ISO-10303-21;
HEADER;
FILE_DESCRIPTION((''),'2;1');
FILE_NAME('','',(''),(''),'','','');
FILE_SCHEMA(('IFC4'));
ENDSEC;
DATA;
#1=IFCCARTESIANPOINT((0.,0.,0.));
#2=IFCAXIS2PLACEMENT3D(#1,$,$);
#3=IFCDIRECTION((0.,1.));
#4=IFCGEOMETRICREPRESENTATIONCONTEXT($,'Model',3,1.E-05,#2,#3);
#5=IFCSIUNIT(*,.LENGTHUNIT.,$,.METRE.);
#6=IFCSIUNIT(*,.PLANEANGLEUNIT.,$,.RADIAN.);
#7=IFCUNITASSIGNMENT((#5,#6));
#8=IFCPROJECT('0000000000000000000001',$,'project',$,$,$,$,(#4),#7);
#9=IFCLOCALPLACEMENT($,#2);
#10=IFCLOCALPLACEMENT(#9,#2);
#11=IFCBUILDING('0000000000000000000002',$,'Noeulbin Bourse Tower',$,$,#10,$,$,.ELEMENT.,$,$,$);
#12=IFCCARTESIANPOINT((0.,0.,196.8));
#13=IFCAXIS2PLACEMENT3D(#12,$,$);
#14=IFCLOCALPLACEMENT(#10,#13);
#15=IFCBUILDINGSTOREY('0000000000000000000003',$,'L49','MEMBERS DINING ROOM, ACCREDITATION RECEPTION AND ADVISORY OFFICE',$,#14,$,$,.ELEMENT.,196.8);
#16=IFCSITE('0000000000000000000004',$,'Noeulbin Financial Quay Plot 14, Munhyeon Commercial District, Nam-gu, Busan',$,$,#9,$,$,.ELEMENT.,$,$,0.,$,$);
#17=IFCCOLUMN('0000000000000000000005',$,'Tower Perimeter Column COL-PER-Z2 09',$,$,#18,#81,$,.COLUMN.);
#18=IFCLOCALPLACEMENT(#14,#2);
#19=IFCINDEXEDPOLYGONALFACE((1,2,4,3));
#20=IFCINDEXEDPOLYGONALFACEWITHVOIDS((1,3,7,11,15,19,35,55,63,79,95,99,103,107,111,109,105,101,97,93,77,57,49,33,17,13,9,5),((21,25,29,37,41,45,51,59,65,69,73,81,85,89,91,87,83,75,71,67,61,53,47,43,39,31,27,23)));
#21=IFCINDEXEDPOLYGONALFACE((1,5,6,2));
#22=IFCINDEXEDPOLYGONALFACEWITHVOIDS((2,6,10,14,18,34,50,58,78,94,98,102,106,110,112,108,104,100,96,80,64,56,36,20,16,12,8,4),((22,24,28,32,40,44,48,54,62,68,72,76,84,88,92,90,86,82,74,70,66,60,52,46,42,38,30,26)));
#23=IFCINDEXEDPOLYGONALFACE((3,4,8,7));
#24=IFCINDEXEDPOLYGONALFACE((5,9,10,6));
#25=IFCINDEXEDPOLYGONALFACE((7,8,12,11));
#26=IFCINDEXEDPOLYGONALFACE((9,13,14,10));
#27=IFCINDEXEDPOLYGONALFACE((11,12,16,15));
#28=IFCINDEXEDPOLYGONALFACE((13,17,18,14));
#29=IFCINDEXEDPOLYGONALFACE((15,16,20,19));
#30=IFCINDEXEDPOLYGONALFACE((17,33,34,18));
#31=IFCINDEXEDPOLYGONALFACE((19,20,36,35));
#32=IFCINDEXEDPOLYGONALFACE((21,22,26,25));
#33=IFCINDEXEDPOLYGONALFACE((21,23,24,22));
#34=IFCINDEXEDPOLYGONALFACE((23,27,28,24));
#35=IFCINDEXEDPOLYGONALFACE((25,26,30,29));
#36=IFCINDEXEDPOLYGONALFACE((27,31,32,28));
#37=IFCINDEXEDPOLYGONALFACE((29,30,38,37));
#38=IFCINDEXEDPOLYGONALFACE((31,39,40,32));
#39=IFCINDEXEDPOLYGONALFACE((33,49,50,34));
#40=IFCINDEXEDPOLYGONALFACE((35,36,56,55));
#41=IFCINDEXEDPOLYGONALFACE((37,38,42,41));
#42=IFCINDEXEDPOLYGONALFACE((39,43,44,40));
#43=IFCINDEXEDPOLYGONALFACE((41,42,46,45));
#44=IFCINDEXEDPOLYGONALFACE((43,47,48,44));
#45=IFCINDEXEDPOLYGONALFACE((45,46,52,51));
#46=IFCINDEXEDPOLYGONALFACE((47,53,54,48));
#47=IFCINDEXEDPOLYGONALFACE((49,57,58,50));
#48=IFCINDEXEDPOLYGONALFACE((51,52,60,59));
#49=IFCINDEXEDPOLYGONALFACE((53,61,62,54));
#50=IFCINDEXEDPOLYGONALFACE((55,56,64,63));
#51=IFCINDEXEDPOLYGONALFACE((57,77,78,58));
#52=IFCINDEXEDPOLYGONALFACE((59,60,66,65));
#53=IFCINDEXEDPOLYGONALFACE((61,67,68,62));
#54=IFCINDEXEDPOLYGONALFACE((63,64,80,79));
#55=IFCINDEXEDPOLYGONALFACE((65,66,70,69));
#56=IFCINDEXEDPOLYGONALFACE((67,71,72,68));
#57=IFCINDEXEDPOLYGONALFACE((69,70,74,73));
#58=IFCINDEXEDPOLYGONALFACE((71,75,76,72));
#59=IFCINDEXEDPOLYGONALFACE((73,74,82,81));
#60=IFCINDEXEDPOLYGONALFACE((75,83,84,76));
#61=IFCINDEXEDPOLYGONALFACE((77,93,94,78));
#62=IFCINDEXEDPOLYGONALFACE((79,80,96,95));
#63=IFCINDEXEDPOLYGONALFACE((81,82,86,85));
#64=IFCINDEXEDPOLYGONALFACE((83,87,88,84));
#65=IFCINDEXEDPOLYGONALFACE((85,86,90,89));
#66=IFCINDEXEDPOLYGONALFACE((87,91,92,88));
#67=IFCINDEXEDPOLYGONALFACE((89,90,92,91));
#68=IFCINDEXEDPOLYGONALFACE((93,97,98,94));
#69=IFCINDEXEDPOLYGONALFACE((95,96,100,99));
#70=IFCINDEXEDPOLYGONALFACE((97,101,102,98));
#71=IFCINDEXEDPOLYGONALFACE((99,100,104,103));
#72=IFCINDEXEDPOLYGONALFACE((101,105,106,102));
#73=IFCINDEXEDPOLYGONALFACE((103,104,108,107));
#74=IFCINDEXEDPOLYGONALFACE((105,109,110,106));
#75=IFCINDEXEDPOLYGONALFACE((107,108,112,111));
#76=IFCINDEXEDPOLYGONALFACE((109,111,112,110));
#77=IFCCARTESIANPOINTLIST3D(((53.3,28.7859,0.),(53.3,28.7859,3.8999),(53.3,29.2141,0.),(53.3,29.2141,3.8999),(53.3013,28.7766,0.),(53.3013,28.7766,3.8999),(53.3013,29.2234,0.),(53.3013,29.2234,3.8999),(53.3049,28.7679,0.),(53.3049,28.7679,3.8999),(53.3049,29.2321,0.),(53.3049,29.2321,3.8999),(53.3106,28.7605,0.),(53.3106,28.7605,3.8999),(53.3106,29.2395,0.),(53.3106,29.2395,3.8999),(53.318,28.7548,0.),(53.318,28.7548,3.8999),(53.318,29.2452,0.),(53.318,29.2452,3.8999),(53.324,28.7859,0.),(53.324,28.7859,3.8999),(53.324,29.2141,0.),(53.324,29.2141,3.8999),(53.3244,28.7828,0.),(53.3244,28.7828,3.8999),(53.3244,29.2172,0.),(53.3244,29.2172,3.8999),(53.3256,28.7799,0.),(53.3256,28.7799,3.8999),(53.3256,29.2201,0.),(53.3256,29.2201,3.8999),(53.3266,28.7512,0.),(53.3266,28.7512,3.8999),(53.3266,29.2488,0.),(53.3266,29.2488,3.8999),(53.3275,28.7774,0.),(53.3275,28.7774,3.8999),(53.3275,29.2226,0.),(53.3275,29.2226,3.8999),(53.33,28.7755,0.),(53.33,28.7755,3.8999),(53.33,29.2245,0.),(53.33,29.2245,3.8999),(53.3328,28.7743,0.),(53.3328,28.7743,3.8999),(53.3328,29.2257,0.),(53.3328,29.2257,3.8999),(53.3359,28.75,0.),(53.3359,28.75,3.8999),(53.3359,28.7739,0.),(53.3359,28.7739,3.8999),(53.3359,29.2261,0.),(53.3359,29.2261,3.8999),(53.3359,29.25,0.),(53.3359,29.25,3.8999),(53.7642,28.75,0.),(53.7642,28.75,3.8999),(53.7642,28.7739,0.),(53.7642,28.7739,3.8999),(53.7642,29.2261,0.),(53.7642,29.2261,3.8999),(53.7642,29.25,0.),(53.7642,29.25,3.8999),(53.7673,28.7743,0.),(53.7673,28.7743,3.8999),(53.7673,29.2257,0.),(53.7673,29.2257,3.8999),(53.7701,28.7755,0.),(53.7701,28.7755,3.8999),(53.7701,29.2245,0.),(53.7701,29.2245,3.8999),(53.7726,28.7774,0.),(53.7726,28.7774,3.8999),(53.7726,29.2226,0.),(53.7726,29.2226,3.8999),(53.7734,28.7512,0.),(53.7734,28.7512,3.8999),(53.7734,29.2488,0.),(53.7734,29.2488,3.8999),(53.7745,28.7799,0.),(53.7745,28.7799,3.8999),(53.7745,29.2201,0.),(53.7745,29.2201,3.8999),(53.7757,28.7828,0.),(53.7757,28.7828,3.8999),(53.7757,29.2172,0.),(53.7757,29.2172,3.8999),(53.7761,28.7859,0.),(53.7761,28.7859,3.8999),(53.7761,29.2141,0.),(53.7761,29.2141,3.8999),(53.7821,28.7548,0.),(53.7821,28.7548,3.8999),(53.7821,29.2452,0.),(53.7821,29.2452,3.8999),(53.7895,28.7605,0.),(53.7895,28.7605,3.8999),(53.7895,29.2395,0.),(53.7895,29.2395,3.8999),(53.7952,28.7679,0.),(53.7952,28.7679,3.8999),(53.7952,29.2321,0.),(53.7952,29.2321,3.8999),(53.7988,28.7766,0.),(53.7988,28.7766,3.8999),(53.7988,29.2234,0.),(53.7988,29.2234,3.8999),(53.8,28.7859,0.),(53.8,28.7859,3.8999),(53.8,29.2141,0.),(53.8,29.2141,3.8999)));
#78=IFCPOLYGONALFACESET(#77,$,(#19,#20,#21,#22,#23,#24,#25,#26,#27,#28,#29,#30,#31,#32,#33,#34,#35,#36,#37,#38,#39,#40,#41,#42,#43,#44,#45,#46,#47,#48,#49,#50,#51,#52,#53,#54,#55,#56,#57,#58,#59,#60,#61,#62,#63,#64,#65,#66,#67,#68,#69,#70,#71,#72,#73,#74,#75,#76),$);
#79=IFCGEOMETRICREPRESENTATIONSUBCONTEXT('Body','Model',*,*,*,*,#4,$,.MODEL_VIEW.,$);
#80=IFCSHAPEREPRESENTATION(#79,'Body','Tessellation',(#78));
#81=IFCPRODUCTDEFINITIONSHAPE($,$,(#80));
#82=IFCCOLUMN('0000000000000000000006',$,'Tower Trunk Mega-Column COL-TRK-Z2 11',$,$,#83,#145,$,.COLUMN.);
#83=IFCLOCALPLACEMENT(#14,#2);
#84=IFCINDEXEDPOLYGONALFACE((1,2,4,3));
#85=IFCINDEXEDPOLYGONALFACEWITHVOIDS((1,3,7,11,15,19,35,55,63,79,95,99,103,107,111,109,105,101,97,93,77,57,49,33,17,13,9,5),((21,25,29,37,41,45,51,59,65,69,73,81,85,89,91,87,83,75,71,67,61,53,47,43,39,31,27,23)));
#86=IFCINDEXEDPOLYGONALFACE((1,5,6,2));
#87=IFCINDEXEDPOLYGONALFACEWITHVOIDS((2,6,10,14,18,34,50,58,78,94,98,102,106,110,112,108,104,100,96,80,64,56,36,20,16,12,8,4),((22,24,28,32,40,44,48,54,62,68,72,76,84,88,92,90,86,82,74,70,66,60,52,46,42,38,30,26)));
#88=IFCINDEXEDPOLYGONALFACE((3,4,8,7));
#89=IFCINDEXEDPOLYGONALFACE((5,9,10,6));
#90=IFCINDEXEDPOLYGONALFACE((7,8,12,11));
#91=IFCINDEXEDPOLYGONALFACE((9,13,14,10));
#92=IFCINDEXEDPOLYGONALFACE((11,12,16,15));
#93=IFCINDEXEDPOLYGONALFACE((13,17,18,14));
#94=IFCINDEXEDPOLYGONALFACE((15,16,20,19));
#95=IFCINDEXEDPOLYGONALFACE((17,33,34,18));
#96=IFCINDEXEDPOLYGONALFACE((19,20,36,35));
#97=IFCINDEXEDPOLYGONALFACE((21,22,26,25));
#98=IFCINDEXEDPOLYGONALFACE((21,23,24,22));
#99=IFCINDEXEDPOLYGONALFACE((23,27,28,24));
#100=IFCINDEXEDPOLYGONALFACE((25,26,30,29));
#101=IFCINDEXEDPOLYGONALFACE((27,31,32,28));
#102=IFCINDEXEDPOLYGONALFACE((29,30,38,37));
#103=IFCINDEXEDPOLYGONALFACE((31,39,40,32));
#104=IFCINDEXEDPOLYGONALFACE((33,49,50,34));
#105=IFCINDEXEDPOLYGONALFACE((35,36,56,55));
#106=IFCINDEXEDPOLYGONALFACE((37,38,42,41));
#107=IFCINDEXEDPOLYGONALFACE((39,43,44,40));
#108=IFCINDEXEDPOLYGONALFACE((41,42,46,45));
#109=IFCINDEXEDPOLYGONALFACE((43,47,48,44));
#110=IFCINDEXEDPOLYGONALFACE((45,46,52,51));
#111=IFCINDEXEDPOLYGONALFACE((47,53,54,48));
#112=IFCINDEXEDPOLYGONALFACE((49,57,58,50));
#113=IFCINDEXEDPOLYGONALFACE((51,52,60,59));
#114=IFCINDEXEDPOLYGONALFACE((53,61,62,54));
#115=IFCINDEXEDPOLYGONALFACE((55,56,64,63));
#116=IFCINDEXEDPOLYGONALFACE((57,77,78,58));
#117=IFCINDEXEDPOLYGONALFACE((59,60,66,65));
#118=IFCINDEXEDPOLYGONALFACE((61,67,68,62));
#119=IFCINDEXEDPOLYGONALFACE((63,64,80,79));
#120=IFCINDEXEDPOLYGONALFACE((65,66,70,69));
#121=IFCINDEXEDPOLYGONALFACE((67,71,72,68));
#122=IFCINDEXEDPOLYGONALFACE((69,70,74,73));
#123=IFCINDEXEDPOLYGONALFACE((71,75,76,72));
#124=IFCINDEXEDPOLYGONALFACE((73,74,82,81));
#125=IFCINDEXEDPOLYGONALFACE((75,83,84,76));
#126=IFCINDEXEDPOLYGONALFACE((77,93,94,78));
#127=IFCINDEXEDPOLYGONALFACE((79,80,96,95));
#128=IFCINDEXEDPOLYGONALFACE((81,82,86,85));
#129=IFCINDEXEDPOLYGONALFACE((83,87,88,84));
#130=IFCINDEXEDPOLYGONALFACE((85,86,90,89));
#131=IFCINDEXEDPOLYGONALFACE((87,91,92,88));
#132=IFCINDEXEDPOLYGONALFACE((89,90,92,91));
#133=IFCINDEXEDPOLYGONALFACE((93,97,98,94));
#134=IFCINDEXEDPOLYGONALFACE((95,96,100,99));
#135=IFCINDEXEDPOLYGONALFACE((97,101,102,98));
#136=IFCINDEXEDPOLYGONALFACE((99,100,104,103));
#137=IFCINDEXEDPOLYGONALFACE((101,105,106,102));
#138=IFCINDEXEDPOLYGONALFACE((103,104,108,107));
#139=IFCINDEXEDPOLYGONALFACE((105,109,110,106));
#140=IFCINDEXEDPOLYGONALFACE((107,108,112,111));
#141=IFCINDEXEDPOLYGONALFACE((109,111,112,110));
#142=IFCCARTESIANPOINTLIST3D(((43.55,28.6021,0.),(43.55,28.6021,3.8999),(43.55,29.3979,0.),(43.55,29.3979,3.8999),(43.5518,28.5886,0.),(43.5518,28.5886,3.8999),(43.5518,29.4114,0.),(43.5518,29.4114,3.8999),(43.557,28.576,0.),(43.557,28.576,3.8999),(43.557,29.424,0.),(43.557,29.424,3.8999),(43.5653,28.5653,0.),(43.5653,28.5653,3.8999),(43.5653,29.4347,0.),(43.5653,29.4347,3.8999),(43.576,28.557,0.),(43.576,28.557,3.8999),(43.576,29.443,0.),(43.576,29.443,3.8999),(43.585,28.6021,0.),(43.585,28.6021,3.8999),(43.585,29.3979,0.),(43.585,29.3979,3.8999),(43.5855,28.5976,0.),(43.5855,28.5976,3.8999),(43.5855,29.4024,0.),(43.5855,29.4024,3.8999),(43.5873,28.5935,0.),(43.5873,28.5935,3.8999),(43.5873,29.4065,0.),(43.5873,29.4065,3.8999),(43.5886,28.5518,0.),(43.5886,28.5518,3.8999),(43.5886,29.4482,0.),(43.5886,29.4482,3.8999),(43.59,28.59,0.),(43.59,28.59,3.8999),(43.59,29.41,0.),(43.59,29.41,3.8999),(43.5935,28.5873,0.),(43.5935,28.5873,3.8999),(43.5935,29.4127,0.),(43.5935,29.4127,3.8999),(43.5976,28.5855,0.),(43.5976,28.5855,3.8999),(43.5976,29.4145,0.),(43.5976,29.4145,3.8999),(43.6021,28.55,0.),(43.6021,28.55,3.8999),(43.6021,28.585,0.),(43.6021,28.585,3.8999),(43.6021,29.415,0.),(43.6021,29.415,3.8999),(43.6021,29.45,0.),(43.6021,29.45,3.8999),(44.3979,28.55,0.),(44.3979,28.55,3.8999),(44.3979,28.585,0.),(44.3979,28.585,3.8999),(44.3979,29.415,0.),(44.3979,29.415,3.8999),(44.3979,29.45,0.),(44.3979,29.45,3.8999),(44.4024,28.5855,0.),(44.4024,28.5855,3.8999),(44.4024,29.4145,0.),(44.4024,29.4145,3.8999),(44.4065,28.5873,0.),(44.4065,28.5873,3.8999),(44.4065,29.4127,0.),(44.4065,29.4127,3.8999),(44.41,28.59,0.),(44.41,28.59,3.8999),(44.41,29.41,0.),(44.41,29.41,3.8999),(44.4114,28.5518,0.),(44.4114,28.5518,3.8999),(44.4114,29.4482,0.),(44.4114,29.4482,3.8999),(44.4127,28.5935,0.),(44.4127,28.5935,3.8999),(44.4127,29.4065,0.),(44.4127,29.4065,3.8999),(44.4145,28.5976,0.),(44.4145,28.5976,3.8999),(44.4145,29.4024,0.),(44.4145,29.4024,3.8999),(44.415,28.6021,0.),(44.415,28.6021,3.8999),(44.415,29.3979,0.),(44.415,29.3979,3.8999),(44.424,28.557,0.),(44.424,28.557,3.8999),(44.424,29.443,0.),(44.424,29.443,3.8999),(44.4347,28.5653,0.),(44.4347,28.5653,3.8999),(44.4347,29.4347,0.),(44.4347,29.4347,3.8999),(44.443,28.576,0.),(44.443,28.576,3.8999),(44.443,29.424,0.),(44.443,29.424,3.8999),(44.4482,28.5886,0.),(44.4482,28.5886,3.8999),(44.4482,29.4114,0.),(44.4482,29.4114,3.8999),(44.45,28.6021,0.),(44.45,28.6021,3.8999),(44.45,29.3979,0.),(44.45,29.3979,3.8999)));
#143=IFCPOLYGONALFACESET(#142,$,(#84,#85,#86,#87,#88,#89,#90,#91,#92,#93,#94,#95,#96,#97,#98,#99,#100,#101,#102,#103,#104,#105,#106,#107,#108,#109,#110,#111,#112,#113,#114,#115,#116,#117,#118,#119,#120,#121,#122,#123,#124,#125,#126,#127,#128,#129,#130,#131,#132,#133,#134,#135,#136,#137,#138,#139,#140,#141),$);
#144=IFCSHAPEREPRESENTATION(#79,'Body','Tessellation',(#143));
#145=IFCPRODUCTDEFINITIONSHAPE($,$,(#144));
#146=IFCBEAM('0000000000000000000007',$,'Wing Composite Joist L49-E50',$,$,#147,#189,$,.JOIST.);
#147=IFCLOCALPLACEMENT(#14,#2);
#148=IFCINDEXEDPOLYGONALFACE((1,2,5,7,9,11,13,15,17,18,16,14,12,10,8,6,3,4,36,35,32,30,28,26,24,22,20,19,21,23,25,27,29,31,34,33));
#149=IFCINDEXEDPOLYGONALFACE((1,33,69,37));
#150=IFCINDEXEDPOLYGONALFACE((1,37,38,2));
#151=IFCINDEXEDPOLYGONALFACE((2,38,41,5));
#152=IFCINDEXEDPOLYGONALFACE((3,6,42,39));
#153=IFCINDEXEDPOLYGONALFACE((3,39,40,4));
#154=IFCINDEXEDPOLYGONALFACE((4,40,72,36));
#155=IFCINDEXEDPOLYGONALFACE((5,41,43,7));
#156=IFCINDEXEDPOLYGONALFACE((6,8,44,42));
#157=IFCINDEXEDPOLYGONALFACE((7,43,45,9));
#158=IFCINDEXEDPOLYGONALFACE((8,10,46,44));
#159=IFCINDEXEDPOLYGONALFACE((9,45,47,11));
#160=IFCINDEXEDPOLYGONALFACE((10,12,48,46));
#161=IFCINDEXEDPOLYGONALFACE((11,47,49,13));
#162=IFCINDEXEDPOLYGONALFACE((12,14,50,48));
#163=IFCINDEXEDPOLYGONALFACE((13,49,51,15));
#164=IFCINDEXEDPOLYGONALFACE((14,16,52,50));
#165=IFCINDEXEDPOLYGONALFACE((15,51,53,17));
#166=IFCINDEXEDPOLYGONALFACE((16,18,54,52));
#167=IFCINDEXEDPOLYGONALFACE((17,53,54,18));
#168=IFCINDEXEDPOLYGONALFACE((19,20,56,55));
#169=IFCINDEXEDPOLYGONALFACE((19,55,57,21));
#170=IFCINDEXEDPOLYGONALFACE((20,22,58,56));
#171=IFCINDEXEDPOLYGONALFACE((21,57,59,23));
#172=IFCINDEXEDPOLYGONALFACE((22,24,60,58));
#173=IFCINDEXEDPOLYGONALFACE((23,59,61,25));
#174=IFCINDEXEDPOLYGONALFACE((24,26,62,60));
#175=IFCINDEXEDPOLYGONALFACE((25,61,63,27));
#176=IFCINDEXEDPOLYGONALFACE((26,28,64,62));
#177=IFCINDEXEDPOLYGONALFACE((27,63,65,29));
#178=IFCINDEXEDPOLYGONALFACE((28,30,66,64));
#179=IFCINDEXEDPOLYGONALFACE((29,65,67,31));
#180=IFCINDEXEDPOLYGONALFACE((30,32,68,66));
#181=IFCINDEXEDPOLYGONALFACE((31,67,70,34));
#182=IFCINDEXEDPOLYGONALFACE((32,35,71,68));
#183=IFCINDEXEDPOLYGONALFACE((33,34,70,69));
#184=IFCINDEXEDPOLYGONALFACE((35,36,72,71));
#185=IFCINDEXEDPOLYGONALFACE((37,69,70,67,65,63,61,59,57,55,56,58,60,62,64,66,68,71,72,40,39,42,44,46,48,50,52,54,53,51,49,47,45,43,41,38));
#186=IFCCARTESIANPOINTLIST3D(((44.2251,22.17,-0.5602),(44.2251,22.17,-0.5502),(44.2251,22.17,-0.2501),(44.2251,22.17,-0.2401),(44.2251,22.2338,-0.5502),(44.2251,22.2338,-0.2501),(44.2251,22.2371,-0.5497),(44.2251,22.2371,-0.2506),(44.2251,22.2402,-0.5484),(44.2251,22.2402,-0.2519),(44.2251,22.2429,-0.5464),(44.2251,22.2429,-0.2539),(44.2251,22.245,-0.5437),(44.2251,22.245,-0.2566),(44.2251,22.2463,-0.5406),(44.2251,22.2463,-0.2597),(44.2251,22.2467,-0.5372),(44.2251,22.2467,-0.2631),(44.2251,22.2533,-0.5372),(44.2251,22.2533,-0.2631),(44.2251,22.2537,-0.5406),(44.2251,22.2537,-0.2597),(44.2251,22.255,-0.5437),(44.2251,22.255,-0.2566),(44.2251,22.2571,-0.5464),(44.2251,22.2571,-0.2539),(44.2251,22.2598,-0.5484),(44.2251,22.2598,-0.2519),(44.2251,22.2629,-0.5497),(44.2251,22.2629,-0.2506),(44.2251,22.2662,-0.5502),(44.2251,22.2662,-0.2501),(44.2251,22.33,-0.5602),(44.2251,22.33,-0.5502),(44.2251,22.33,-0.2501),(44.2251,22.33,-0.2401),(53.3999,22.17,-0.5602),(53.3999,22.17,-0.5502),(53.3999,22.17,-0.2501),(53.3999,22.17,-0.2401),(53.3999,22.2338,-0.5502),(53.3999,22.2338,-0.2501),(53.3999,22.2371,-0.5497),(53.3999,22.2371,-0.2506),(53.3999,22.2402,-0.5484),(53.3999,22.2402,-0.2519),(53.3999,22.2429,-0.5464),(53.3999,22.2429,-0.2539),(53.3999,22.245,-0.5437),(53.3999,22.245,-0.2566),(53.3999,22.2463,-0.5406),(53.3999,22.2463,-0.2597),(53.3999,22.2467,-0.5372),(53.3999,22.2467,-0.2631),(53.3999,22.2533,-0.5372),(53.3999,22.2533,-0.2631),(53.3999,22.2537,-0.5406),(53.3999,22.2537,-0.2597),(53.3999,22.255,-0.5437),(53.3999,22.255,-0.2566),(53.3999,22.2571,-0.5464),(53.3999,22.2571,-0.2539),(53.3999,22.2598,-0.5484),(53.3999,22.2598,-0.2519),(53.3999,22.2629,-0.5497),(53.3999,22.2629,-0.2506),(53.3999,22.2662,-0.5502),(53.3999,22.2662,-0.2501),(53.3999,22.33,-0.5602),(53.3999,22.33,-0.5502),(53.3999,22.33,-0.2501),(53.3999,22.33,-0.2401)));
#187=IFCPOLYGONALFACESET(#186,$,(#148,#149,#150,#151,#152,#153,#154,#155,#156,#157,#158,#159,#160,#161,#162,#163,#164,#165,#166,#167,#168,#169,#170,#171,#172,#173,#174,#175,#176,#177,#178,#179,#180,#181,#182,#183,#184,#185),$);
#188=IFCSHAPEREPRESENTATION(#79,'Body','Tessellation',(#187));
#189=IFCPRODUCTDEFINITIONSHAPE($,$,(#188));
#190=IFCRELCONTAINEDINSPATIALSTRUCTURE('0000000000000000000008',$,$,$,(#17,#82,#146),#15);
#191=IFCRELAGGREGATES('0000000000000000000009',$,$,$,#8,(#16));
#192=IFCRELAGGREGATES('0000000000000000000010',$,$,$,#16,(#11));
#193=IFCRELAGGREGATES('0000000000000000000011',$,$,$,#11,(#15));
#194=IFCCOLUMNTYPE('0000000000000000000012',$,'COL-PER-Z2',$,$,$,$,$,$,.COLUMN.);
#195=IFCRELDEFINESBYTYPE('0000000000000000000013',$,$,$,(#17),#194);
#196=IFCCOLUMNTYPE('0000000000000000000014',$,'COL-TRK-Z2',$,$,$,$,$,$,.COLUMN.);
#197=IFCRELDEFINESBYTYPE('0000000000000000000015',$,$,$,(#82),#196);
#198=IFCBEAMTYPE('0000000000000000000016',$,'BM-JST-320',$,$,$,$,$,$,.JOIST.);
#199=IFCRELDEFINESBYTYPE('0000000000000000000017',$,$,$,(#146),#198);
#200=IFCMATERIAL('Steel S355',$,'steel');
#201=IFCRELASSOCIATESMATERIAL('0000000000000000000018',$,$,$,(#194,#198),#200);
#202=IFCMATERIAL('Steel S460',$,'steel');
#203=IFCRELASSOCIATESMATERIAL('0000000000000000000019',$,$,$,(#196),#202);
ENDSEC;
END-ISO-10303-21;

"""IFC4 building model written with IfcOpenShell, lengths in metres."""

from ifc_helpers import new_model, si_unit, direction, frame, origin, origin_2d, place, context, subcontext, project, spatial, hollow_rectangle, i_section, extrude, material, material_profile, profile_set, type_object, element, save


model = new_model("IFC4")

# Units and contexts
model_context = context("Model", 3, precision=1e-05, world=origin(), true_north=direction((0.0, 1.0)))
body_context = subcontext(model_context, "Body", "Model", "MODEL_VIEW")
ifc_project = project(units=[si_unit("LENGTHUNIT", "METRE"), si_unit("PLANEANGLEUNIT", "RADIAN")], contexts=[model_context])

# Site, building, storey
site_placement = place(None, origin())
site = spatial("IfcSite", under=ifc_project, at=site_placement, Name="Noeulbin Financial Quay Plot 14, Munhyeon Commercial District, Nam-gu, Busan", CompositionType="ELEMENT", RefElevation=0.0)
building_placement = place(site_placement, origin())
building = spatial("IfcBuilding", under=site, at=building_placement, Name="Noeulbin Bourse Tower", CompositionType="ELEMENT")
storey_placement = place(building_placement, frame((0.0, 0.0, 196.8)))
storey = spatial("IfcBuildingStorey", under=building, at=storey_placement, Name="L49", Description="MEMBERS DINING ROOM, ACCREDITATION RECEPTION AND ADVISORY OFFICE", CompositionType="ELEMENT", Elevation=196.8)

# Columns
ifc_material_1 = material(Name="Steel S355", Category="steel")
ifc_material_profile_1 = material_profile(ifc_material_1, hollow_rectangle(XDim=0.5, YDim=0.5, WallThickness=0.0239, InnerFilletRadius=0.012, OuterFilletRadius=0.0359, at=origin_2d()), Name="BOX-500x500x24", Category="LoadBearing")
ifc_profile_set_1 = profile_set([ifc_material_profile_1], Name="Steel S355")
column_type_1 = type_object("IfcColumnType", Name="COL-PER-Z2", PredefinedType="COLUMN", material=ifc_profile_set_1)
column_1_placement = place(storey_placement, frame((53.55, 29.0, 0.0), z_axis=(0.0, 0.0, 1.0), x_axis=(1.0, 0.0, 0.0)))
element("IfcColumn", 1, at=column_1_placement, inside=storey, type_object=column_type_1, Name="Tower Perimeter Column COL-PER-Z2 09", PredefinedType="COLUMN", context=body_context, shape_type="SweptSolid", body=[
    extrude(hollow_rectangle(XDim=0.5, YDim=0.5, WallThickness=0.0239, InnerFilletRadius=0.012, OuterFilletRadius=0.0359, at=origin_2d()), origin(), (0.0, 0.0, 1.0), 3.8999),
])
ifc_material_2 = material(Name="Steel S460", Category="steel")
ifc_material_profile_2 = material_profile(ifc_material_2, hollow_rectangle(XDim=0.8999, YDim=0.8999, WallThickness=0.0349, InnerFilletRadius=0.0171, OuterFilletRadius=0.052, at=origin_2d()), Name="BOX-900x900x35", Category="LoadBearing")
ifc_profile_set_2 = profile_set([ifc_material_profile_2], Name="Steel S460")
column_type_2 = type_object("IfcColumnType", Name="COL-TRK-Z2", PredefinedType="COLUMN", material=ifc_profile_set_2)
column_2_placement = place(storey_placement, frame((44.0, 29.0, 0.0), z_axis=(0.0, 0.0, 1.0), x_axis=(1.0, 0.0, 0.0)))
element("IfcColumn", 2, at=column_2_placement, inside=storey, type_object=column_type_2, Name="Tower Trunk Mega-Column COL-TRK-Z2 11", PredefinedType="COLUMN", context=body_context, shape_type="SweptSolid", body=[
    extrude(hollow_rectangle(XDim=0.8999, YDim=0.8999, WallThickness=0.0349, InnerFilletRadius=0.0171, OuterFilletRadius=0.052, at=origin_2d()), origin(), (0.0, 0.0, 1.0), 3.8999),
])

# Beam
ifc_material_profile_3 = material_profile(ifc_material_1, i_section(OverallWidth=0.1599, OverallDepth=0.3201, WebThickness=0.0066, FlangeThickness=0.01, FilletRadius=0.0129, at=origin_2d()), Name="H-320x160x6.5x10", Category="LoadBearing")
ifc_profile_set_3 = profile_set([ifc_material_profile_3], Name="Steel S355")
beam_type_1 = type_object("IfcBeamType", Name="BM-JST-320", PredefinedType="JOIST", material=ifc_profile_set_3)
for number, where, z_axis, x_axis, name in (
    (3, (44.2251, 22.25, -0.4001), (1.0, 0.0, 0.0), (0.0, 1.0, 0.0), "Wing Composite Joist L49-E50"),
):
    element("IfcBeam", number, at=place(storey_placement, frame(where, z_axis=z_axis, x_axis=x_axis)), inside=storey, type_object=beam_type_1, Name=name, PredefinedType="JOIST", context=body_context, shape_type="SweptSolid", body=[
        extrude(i_section(OverallWidth=0.1599, OverallDepth=0.3201, WebThickness=0.0066, FlangeThickness=0.01, FilletRadius=0.0129, at=origin_2d()), origin(), (0.0, 0.0, 1.0), 9.1748),
    ])

save(model, "model.ifc")
